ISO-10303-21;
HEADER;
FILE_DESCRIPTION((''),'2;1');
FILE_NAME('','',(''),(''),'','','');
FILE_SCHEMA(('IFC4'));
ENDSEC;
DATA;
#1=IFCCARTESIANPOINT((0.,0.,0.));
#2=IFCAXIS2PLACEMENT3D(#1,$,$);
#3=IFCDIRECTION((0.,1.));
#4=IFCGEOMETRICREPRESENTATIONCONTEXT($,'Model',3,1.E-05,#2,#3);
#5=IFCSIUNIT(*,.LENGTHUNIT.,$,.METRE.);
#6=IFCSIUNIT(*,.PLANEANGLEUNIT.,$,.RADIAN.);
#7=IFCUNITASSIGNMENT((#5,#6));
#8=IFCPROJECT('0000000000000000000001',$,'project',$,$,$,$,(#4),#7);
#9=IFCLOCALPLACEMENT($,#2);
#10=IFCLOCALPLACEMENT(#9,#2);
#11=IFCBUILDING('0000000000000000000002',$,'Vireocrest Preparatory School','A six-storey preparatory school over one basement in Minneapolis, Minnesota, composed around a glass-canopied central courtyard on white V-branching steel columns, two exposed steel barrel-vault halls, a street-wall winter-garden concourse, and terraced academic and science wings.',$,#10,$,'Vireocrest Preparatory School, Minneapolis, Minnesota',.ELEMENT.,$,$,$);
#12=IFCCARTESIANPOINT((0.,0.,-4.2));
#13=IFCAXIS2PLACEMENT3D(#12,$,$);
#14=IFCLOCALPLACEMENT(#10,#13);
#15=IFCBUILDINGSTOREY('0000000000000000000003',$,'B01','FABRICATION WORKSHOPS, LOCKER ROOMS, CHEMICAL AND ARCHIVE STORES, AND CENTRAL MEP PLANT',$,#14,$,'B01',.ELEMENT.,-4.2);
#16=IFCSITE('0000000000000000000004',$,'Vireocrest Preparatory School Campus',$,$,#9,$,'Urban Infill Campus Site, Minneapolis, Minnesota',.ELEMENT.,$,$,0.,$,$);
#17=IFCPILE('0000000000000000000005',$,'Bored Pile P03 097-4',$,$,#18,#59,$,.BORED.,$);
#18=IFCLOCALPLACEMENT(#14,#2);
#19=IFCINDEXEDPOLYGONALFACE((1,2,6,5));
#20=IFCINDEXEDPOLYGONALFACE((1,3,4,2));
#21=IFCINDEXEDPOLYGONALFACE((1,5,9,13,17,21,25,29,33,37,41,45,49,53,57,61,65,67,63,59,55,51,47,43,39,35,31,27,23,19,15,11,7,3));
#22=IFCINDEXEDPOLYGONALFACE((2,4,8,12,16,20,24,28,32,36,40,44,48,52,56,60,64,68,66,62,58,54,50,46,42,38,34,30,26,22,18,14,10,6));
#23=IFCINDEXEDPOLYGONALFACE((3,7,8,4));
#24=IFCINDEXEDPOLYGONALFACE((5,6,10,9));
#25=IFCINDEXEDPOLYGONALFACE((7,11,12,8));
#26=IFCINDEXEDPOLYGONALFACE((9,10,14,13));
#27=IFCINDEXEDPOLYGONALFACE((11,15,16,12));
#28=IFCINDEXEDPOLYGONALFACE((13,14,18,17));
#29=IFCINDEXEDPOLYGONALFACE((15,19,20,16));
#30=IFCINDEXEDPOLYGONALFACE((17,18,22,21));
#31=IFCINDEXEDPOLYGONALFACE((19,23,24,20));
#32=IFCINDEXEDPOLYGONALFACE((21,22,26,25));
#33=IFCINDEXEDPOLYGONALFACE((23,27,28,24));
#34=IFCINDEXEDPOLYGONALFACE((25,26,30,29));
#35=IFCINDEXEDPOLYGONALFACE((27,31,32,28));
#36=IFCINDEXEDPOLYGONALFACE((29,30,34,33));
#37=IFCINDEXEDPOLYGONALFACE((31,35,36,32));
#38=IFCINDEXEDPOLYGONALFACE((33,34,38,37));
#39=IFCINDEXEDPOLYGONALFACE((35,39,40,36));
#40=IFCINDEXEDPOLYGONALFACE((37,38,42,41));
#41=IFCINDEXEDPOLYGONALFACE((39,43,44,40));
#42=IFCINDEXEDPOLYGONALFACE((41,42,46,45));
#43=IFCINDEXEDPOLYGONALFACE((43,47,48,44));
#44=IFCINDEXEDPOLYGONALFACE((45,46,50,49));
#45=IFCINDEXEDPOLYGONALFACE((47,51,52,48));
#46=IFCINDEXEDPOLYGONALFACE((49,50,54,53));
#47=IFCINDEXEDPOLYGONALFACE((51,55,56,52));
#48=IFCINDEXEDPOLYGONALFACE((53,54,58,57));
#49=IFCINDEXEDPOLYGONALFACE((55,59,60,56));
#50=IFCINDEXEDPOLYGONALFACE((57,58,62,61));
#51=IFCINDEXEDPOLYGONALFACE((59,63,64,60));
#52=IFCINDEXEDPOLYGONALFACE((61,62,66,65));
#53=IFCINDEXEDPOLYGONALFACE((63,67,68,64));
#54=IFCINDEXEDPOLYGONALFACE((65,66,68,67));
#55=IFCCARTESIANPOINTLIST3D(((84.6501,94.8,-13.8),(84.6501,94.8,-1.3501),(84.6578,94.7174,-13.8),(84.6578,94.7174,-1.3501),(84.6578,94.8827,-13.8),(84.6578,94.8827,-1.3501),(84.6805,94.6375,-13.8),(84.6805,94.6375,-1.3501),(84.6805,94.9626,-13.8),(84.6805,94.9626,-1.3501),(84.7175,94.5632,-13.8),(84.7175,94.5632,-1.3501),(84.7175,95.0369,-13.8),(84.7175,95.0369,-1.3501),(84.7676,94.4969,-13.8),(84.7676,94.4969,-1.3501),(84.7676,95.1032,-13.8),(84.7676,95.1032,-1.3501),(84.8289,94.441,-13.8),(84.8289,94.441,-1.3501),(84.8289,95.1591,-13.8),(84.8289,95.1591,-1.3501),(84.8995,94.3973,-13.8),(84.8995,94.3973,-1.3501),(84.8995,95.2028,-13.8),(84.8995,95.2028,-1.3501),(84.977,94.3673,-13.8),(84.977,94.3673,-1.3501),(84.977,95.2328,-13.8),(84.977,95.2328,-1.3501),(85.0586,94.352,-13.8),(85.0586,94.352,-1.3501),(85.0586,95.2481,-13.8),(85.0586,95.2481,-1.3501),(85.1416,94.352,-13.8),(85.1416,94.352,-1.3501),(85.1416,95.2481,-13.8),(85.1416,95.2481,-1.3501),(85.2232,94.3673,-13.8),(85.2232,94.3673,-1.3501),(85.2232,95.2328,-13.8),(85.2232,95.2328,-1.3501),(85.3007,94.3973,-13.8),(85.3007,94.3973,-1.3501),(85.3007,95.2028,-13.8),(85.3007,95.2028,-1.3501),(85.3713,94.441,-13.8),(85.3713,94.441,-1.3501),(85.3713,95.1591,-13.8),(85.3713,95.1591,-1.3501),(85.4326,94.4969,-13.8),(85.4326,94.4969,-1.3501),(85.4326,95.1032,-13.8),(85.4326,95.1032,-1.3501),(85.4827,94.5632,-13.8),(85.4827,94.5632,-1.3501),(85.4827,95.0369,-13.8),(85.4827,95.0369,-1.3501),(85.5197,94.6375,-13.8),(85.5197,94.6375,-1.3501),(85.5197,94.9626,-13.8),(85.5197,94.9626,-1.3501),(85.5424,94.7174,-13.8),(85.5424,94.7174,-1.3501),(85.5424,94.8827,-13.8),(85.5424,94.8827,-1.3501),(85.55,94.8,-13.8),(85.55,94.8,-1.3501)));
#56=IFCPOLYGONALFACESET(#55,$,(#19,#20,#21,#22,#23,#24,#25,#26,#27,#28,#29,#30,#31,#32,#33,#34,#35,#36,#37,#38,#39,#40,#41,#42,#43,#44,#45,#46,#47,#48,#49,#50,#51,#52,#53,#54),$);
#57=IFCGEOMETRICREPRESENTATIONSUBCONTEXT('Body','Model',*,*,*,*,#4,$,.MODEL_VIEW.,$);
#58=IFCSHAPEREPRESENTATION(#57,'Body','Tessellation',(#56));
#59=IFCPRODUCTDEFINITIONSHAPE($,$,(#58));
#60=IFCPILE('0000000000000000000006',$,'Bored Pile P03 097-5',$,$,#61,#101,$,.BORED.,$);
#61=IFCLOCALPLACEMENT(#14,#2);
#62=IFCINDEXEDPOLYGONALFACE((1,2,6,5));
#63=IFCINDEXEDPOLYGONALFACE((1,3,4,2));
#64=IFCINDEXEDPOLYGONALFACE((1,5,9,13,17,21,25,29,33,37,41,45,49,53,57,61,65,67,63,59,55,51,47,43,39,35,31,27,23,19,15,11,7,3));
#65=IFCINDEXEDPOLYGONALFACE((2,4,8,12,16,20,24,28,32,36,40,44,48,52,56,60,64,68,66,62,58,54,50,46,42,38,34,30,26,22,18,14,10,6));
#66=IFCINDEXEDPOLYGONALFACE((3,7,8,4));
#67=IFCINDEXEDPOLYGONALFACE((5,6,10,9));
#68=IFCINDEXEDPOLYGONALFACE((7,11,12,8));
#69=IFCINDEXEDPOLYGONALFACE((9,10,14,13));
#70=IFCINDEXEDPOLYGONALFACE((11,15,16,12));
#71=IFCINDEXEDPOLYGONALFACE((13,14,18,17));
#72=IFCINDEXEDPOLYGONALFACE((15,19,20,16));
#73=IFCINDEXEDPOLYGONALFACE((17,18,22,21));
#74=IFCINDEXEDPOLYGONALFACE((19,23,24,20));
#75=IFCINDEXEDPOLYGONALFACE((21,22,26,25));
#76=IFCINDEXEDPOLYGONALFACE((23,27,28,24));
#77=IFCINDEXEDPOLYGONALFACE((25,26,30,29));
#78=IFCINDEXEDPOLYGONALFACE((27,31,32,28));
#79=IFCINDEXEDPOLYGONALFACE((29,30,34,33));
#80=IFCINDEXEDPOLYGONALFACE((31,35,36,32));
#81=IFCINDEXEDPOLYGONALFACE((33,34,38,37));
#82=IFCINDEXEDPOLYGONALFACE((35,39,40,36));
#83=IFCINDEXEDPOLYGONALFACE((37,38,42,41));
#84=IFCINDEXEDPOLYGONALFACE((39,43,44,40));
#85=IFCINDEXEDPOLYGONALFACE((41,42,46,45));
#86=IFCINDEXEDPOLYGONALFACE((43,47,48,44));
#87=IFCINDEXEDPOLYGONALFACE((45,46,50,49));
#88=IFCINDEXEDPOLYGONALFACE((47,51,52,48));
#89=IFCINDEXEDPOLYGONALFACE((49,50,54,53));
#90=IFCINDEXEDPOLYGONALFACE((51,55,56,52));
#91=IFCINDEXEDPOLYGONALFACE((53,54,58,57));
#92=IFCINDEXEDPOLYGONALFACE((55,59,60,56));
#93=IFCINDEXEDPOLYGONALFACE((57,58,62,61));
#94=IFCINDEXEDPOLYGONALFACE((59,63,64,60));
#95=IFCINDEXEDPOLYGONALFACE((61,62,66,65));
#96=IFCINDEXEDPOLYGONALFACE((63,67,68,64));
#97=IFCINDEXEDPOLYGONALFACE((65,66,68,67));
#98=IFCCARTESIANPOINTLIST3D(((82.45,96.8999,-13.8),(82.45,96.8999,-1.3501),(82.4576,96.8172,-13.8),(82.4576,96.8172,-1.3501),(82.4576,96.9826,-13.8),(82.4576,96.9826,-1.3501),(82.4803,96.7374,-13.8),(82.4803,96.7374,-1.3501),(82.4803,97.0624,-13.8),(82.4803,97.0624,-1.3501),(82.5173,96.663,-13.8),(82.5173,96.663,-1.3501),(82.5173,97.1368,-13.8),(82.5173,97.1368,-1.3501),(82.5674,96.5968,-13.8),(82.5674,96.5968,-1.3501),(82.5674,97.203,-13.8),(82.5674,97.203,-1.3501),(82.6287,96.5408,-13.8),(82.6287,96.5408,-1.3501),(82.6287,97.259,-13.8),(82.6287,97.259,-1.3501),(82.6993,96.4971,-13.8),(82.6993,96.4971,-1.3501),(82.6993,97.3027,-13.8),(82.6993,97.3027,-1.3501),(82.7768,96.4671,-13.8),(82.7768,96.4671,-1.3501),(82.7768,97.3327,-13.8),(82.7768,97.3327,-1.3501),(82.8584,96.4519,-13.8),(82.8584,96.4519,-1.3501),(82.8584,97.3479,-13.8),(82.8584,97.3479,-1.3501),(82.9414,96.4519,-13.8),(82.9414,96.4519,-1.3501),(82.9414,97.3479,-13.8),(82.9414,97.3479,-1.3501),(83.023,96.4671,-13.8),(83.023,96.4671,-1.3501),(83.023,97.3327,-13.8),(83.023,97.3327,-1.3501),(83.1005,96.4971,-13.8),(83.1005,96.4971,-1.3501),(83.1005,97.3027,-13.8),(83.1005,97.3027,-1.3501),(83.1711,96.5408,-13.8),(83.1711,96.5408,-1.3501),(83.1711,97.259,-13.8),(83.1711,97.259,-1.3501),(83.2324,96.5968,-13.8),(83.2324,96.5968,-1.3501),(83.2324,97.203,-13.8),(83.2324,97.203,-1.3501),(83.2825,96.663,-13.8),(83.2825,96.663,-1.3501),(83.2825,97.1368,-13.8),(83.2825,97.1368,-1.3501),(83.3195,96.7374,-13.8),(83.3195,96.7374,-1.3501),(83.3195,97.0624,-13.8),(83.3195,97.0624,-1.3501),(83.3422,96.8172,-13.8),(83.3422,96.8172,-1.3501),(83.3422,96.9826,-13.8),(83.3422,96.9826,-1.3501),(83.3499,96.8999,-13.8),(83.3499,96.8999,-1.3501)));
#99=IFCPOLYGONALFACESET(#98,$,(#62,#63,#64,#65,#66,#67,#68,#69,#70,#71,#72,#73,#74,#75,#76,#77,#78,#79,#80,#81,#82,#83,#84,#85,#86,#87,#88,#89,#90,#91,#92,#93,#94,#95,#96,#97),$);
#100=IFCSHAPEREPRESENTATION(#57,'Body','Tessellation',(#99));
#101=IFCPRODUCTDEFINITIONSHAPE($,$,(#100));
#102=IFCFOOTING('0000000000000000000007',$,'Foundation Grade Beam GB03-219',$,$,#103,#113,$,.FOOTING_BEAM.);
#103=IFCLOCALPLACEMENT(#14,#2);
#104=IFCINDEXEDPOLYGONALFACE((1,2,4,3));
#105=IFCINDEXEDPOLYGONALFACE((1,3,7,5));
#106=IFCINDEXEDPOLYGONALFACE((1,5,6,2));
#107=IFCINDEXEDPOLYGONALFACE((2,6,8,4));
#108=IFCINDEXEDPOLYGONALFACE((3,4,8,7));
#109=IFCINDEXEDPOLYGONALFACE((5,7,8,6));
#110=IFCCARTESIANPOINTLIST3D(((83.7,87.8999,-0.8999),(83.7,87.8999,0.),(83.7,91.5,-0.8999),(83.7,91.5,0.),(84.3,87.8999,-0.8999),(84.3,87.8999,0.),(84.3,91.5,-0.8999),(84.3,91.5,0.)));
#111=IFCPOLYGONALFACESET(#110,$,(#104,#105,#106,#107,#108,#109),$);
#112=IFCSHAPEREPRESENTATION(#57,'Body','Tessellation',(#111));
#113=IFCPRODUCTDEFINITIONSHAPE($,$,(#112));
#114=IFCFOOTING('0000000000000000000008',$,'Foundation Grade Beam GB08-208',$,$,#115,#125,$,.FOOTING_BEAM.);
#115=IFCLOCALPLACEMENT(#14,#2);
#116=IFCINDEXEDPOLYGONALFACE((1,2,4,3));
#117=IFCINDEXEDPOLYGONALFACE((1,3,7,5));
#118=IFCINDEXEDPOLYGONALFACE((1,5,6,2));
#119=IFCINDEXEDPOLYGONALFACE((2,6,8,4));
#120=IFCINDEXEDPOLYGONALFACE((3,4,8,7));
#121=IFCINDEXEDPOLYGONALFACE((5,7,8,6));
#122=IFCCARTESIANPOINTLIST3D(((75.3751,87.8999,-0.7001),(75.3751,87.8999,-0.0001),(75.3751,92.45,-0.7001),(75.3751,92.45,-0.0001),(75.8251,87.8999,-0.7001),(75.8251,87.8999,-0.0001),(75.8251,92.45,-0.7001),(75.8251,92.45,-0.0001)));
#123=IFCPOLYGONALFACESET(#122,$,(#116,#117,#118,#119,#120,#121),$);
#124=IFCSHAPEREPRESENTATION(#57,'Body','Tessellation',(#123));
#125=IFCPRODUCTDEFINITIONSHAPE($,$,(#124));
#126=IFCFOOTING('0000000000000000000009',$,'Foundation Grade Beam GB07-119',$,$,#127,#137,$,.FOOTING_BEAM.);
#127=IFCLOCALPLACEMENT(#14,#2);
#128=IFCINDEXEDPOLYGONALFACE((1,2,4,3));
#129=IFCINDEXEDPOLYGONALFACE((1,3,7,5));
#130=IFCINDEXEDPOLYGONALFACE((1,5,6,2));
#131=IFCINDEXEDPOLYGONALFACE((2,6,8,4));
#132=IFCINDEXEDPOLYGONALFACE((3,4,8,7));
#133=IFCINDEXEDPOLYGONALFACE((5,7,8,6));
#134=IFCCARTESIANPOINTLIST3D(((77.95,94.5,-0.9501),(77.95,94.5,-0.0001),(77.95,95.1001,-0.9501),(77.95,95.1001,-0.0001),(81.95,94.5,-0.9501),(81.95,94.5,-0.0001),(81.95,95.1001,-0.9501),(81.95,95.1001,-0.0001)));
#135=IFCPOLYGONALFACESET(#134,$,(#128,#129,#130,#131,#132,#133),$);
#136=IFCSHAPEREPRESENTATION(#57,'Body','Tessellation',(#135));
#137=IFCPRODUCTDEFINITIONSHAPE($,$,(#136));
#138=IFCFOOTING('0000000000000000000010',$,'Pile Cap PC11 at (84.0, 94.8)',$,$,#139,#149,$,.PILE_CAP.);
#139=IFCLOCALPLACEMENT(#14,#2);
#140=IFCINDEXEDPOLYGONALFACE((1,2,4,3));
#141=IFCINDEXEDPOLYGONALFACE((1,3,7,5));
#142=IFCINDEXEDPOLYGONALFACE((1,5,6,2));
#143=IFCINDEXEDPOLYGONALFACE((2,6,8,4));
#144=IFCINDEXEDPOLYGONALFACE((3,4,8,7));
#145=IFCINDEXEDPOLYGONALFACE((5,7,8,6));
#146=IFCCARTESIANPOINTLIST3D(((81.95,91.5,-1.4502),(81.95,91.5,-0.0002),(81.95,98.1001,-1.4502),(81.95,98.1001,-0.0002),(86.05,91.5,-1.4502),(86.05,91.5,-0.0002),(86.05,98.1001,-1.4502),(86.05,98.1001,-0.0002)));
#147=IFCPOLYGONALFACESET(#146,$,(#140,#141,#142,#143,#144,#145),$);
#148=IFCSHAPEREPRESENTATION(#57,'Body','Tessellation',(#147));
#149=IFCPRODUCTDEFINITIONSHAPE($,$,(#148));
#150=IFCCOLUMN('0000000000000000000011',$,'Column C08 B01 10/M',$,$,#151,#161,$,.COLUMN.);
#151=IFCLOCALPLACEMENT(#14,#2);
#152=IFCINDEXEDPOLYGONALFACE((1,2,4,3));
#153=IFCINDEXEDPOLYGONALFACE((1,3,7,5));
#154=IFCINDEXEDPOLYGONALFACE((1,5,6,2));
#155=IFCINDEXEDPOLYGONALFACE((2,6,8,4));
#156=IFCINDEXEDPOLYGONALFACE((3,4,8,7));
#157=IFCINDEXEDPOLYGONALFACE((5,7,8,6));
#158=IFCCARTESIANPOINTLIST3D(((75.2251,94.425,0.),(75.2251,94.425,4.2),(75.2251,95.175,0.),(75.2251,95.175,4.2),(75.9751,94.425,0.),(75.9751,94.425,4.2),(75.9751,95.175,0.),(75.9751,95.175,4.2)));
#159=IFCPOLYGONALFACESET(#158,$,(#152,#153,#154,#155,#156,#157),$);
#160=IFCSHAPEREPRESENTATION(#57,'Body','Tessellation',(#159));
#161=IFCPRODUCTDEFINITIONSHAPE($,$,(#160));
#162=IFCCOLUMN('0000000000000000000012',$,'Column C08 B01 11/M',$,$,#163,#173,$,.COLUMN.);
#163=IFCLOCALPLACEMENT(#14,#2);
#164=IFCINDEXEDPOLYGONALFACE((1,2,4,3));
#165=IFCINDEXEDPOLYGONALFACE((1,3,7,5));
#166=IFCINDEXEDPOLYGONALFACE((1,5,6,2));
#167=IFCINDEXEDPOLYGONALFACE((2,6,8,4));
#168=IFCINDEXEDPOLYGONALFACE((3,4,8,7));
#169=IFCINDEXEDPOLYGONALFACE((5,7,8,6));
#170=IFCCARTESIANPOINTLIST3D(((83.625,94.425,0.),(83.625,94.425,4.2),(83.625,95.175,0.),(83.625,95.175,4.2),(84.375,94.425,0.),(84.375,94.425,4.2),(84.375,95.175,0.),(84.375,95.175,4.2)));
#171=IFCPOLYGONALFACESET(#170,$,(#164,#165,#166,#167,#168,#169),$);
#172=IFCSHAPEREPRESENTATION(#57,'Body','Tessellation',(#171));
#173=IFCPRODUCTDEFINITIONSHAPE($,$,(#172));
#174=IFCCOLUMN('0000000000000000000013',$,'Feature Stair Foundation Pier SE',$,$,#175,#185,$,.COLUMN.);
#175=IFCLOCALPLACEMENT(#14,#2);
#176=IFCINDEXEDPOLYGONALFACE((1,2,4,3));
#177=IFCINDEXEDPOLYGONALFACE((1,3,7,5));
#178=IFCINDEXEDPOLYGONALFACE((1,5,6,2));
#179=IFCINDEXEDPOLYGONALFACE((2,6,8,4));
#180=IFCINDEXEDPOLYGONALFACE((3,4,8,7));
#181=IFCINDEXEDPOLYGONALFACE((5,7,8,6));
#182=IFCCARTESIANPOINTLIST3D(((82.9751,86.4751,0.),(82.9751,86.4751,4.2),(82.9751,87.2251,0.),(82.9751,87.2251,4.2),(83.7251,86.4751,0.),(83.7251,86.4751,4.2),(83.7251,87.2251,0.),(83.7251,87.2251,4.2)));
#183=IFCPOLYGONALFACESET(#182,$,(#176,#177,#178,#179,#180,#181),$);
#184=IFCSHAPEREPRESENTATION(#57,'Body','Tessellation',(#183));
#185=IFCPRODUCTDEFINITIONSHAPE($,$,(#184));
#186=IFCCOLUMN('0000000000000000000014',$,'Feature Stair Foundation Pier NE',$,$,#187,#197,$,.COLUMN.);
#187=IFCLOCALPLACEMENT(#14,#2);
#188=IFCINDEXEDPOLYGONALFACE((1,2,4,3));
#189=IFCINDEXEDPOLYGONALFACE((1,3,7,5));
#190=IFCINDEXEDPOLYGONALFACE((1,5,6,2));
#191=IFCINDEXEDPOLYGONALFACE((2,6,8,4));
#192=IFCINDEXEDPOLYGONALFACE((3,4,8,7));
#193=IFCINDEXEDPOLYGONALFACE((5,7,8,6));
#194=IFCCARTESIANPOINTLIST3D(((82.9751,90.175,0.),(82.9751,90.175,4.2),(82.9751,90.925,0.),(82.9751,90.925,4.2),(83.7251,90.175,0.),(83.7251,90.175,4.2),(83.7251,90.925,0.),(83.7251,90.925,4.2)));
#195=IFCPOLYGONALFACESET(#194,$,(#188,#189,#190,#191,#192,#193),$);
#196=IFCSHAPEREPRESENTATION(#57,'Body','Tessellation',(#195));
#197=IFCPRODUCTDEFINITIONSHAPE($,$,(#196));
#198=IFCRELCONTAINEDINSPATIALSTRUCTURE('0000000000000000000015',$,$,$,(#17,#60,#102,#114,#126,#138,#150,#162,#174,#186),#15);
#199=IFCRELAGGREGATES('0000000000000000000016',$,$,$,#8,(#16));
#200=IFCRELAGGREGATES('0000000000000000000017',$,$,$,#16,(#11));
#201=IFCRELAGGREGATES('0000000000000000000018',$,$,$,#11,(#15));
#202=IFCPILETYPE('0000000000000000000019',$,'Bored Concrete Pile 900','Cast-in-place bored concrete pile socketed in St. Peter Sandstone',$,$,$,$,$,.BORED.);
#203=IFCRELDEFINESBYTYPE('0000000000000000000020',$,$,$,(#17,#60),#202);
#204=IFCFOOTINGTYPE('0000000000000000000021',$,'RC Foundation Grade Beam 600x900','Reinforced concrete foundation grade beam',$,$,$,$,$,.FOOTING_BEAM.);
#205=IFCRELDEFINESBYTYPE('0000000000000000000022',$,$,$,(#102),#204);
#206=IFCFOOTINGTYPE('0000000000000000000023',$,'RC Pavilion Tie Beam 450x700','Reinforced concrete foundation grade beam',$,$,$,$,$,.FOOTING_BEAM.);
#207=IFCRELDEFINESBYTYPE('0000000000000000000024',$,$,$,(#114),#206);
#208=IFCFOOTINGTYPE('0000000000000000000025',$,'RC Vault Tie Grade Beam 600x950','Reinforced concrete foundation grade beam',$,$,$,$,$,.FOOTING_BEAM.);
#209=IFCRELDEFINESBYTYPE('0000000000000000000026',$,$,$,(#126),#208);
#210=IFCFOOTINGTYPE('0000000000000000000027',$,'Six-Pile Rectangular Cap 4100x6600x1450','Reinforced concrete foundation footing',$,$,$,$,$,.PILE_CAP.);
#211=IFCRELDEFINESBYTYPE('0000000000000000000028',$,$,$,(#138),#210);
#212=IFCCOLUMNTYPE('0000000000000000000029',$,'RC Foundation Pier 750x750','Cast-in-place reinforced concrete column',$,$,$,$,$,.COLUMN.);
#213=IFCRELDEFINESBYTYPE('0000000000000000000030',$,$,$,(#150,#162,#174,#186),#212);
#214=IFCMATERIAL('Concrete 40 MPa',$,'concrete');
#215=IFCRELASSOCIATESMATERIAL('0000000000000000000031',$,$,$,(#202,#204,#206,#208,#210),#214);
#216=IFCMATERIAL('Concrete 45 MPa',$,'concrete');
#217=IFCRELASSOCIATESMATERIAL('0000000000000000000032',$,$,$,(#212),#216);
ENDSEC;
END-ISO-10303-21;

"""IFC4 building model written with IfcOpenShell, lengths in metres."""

from ifc_helpers import new_model, si_unit, direction, frame, origin, origin_2d, place, context, subcontext, project, spatial, rectangle, circle, extrude, material, material_profile, profile_set, type_object, element, save


model = new_model("IFC4")

# Units and contexts
model_context = context("Model", 3, precision=1e-05, world=origin(), true_north=direction((0.0, 1.0)))
body_context = subcontext(model_context, "Body", "Model", "MODEL_VIEW")
ifc_project = project(units=[si_unit("LENGTHUNIT", "METRE"), si_unit("PLANEANGLEUNIT", "RADIAN")], contexts=[model_context])

# Site, building, storey
site_placement = place(None, origin())
site = spatial("IfcSite", under=ifc_project, at=site_placement, Name="Vireocrest Preparatory School Campus", LongName="Urban Infill Campus Site, Minneapolis, Minnesota", CompositionType="ELEMENT", RefElevation=0.0)
building_placement = place(site_placement, origin())
building = spatial("IfcBuilding", under=site, at=building_placement, Name="Vireocrest Preparatory School", Description="A six-storey preparatory school over one basement in Minneapolis, Minnesota, composed around a glass-canopied central courtyard on white V-branching steel columns, two exposed steel barrel-vault halls, a street-wall winter-garden concourse, and terraced academic and science wings.", LongName="Vireocrest Preparatory School, Minneapolis, Minnesota", CompositionType="ELEMENT")
storey_placement = place(building_placement, frame((0.0, 0.0, -4.2)))
storey = spatial("IfcBuildingStorey", under=building, at=storey_placement, Name="B01", Description="FABRICATION WORKSHOPS, LOCKER ROOMS, CHEMICAL AND ARCHIVE STORES, AND CENTRAL MEP PLANT", LongName="B01", CompositionType="ELEMENT", Elevation=-4.2)

# Piles
ifc_material_1 = material(Name="Concrete 40 MPa", Category="concrete")
ifc_material_profile_1 = material_profile(ifc_material_1, circle(Radius=0.45, at=origin_2d()), Name="BORED PILE 900")
ifc_profile_set_1 = profile_set([ifc_material_profile_1], Name="Concrete 40 MPa")
pile_type_1 = type_object("IfcPileType", Name="Bored Concrete Pile 900", Description="Cast-in-place bored concrete pile socketed in St. Peter Sandstone", PredefinedType="BORED", material=ifc_profile_set_1)
for number, where, z_axis, x_axis, name in (
    (1, (85.1001, 94.8, -1.3501), (0.0, 0.0, -1.0), (1.0, 0.0, 0.0), "Bored Pile P03 097-4"),
    (2, (82.8999, 96.8999, -1.3501), (0.0, 0.0, -1.0), (1.0, 0.0, 0.0), "Bored Pile P03 097-5"),
):
    element("IfcPile", number, at=place(storey_placement, frame(where, z_axis=z_axis, x_axis=x_axis)), inside=storey, type_object=pile_type_1, Name=name, PredefinedType="BORED", context=body_context, shape_type="SweptSolid", body=[
        extrude(circle(Radius=0.45, at=origin_2d()), origin(), (0.0, 0.0, 1.0), 12.45),
    ])

# Footings
ifc_material_profile_2 = material_profile(ifc_material_1, rectangle(XDim=0.6001, YDim=0.8999, at=origin_2d()), Name="GB 600x900")
ifc_profile_set_2 = profile_set([ifc_material_profile_2], Name="Concrete 40 MPa")
footing_type_1 = type_object("IfcFootingType", Name="RC Foundation Grade Beam 600x900", Description="Reinforced concrete foundation grade beam", PredefinedType="FOOTING_BEAM", material=ifc_profile_set_2)
footing_1_placement = place(storey_placement, frame((84.0, 87.8999, -0.45), z_axis=(0.0, 1.0, 0.0), x_axis=(-1.0, 0.0, 0.0)))
element("IfcFooting", 3, at=footing_1_placement, inside=storey, type_object=footing_type_1, Name="Foundation Grade Beam GB03-219", PredefinedType="FOOTING_BEAM", context=body_context, shape_type="SweptSolid", body=[
    extrude(rectangle(XDim=0.6001, YDim=0.8999, at=origin_2d()), origin(), (0.0, 0.0, 1.0), 3.6001),
])
ifc_material_profile_3 = material_profile(ifc_material_1, rectangle(XDim=0.45, YDim=0.7, at=origin_2d()), Name="GB 450x700")
ifc_profile_set_3 = profile_set([ifc_material_profile_3], Name="Concrete 40 MPa")
footing_type_2 = type_object("IfcFootingType", Name="RC Pavilion Tie Beam 450x700", Description="Reinforced concrete foundation grade beam", PredefinedType="FOOTING_BEAM", material=ifc_profile_set_3)
footing_2_placement = place(storey_placement, frame((75.6001, 87.8999, -0.3501), z_axis=(0.0, 1.0, 0.0), x_axis=(-1.0, 0.0, 0.0)))
element("IfcFooting", 4, at=footing_2_placement, inside=storey, type_object=footing_type_2, Name="Foundation Grade Beam GB08-208", PredefinedType="FOOTING_BEAM", context=body_context, shape_type="SweptSolid", body=[
    extrude(rectangle(XDim=0.45, YDim=0.7, at=origin_2d()), origin(), (0.0, 0.0, 1.0), 4.55),
])
ifc_material_profile_4 = material_profile(ifc_material_1, rectangle(XDim=0.6001, YDim=0.95, at=origin_2d()), Name="GB 600x950")
ifc_profile_set_4 = profile_set([ifc_material_profile_4], Name="Concrete 40 MPa")
footing_type_3 = type_object("IfcFootingType", Name="RC Vault Tie Grade Beam 600x950", Description="Reinforced concrete foundation grade beam", PredefinedType="FOOTING_BEAM", material=ifc_profile_set_4)
footing_3_placement = place(storey_placement, frame((77.95, 94.8, -0.4751), z_axis=(1.0, 0.0, 0.0), x_axis=(0.0, 1.0, 0.0)))
element("IfcFooting", 5, at=footing_3_placement, inside=storey, type_object=footing_type_3, Name="Foundation Grade Beam GB07-119", PredefinedType="FOOTING_BEAM", context=body_context, shape_type="SweptSolid", body=[
    extrude(rectangle(XDim=0.6001, YDim=0.95, at=origin_2d()), origin(), (0.0, 0.0, 1.0), 4.0),
])
footing_type_4 = type_object("IfcFootingType", Name="Six-Pile Rectangular Cap 4100x6600x1450", Description="Reinforced concrete foundation footing", PredefinedType="PILE_CAP", material=ifc_material_1)
footing_4_placement = place(storey_placement, frame((84.0, 94.8, -1.4502), z_axis=(0.0, 0.0, 1.0), x_axis=(1.0, 0.0, 0.0)))
element("IfcFooting", 6, at=footing_4_placement, inside=storey, type_object=footing_type_4, Name="Pile Cap PC11 at (84.0, 94.8)", PredefinedType="PILE_CAP", context=body_context, shape_type="SweptSolid", body=[
    extrude(rectangle(XDim=4.1001, YDim=6.6001, at=origin_2d()), origin(), (0.0, 0.0, 1.0), 1.45),
])

# Columns
ifc_material_2 = material(Name="Concrete 45 MPa", Category="concrete")
ifc_material_profile_5 = material_profile(ifc_material_2, rectangle(XDim=0.75, YDim=0.75, at=origin_2d()), Name="RC 750x750")
ifc_profile_set_5 = profile_set([ifc_material_profile_5], Name="Concrete 45 MPa")
column_type = type_object("IfcColumnType", Name="RC Foundation Pier 750x750", Description="Cast-in-place reinforced concrete column", PredefinedType="COLUMN", material=ifc_profile_set_5)
for number, where, z_axis, x_axis, name in (
    (7, (75.6001, 94.8, 0.0), (0.0, 0.0, 1.0), (1.0, 0.0, 0.0), "Column C08 B01 10/M"),
    (8, (84.0, 94.8, 0.0), (0.0, 0.0, 1.0), (1.0, 0.0, 0.0), "Column C08 B01 11/M"),
    (9, (83.3501, 86.8501, 0.0), (0.0, 0.0, 1.0), (1.0, 0.0, 0.0), "Feature Stair Foundation Pier SE"),
    (10, (83.3501, 90.55, 0.0), (0.0, 0.0, 1.0), (1.0, 0.0, 0.0), "Feature Stair Foundation Pier NE"),
):
    element("IfcColumn", number, at=place(storey_placement, frame(where, z_axis=z_axis, x_axis=x_axis)), inside=storey, type_object=column_type, Name=name, PredefinedType="COLUMN", context=body_context, shape_type="SweptSolid", body=[
        extrude(rectangle(XDim=0.75, YDim=0.75, at=origin_2d()), origin(), (0.0, 0.0, 1.0), 4.2),
    ])

save(model, "model.ifc")
